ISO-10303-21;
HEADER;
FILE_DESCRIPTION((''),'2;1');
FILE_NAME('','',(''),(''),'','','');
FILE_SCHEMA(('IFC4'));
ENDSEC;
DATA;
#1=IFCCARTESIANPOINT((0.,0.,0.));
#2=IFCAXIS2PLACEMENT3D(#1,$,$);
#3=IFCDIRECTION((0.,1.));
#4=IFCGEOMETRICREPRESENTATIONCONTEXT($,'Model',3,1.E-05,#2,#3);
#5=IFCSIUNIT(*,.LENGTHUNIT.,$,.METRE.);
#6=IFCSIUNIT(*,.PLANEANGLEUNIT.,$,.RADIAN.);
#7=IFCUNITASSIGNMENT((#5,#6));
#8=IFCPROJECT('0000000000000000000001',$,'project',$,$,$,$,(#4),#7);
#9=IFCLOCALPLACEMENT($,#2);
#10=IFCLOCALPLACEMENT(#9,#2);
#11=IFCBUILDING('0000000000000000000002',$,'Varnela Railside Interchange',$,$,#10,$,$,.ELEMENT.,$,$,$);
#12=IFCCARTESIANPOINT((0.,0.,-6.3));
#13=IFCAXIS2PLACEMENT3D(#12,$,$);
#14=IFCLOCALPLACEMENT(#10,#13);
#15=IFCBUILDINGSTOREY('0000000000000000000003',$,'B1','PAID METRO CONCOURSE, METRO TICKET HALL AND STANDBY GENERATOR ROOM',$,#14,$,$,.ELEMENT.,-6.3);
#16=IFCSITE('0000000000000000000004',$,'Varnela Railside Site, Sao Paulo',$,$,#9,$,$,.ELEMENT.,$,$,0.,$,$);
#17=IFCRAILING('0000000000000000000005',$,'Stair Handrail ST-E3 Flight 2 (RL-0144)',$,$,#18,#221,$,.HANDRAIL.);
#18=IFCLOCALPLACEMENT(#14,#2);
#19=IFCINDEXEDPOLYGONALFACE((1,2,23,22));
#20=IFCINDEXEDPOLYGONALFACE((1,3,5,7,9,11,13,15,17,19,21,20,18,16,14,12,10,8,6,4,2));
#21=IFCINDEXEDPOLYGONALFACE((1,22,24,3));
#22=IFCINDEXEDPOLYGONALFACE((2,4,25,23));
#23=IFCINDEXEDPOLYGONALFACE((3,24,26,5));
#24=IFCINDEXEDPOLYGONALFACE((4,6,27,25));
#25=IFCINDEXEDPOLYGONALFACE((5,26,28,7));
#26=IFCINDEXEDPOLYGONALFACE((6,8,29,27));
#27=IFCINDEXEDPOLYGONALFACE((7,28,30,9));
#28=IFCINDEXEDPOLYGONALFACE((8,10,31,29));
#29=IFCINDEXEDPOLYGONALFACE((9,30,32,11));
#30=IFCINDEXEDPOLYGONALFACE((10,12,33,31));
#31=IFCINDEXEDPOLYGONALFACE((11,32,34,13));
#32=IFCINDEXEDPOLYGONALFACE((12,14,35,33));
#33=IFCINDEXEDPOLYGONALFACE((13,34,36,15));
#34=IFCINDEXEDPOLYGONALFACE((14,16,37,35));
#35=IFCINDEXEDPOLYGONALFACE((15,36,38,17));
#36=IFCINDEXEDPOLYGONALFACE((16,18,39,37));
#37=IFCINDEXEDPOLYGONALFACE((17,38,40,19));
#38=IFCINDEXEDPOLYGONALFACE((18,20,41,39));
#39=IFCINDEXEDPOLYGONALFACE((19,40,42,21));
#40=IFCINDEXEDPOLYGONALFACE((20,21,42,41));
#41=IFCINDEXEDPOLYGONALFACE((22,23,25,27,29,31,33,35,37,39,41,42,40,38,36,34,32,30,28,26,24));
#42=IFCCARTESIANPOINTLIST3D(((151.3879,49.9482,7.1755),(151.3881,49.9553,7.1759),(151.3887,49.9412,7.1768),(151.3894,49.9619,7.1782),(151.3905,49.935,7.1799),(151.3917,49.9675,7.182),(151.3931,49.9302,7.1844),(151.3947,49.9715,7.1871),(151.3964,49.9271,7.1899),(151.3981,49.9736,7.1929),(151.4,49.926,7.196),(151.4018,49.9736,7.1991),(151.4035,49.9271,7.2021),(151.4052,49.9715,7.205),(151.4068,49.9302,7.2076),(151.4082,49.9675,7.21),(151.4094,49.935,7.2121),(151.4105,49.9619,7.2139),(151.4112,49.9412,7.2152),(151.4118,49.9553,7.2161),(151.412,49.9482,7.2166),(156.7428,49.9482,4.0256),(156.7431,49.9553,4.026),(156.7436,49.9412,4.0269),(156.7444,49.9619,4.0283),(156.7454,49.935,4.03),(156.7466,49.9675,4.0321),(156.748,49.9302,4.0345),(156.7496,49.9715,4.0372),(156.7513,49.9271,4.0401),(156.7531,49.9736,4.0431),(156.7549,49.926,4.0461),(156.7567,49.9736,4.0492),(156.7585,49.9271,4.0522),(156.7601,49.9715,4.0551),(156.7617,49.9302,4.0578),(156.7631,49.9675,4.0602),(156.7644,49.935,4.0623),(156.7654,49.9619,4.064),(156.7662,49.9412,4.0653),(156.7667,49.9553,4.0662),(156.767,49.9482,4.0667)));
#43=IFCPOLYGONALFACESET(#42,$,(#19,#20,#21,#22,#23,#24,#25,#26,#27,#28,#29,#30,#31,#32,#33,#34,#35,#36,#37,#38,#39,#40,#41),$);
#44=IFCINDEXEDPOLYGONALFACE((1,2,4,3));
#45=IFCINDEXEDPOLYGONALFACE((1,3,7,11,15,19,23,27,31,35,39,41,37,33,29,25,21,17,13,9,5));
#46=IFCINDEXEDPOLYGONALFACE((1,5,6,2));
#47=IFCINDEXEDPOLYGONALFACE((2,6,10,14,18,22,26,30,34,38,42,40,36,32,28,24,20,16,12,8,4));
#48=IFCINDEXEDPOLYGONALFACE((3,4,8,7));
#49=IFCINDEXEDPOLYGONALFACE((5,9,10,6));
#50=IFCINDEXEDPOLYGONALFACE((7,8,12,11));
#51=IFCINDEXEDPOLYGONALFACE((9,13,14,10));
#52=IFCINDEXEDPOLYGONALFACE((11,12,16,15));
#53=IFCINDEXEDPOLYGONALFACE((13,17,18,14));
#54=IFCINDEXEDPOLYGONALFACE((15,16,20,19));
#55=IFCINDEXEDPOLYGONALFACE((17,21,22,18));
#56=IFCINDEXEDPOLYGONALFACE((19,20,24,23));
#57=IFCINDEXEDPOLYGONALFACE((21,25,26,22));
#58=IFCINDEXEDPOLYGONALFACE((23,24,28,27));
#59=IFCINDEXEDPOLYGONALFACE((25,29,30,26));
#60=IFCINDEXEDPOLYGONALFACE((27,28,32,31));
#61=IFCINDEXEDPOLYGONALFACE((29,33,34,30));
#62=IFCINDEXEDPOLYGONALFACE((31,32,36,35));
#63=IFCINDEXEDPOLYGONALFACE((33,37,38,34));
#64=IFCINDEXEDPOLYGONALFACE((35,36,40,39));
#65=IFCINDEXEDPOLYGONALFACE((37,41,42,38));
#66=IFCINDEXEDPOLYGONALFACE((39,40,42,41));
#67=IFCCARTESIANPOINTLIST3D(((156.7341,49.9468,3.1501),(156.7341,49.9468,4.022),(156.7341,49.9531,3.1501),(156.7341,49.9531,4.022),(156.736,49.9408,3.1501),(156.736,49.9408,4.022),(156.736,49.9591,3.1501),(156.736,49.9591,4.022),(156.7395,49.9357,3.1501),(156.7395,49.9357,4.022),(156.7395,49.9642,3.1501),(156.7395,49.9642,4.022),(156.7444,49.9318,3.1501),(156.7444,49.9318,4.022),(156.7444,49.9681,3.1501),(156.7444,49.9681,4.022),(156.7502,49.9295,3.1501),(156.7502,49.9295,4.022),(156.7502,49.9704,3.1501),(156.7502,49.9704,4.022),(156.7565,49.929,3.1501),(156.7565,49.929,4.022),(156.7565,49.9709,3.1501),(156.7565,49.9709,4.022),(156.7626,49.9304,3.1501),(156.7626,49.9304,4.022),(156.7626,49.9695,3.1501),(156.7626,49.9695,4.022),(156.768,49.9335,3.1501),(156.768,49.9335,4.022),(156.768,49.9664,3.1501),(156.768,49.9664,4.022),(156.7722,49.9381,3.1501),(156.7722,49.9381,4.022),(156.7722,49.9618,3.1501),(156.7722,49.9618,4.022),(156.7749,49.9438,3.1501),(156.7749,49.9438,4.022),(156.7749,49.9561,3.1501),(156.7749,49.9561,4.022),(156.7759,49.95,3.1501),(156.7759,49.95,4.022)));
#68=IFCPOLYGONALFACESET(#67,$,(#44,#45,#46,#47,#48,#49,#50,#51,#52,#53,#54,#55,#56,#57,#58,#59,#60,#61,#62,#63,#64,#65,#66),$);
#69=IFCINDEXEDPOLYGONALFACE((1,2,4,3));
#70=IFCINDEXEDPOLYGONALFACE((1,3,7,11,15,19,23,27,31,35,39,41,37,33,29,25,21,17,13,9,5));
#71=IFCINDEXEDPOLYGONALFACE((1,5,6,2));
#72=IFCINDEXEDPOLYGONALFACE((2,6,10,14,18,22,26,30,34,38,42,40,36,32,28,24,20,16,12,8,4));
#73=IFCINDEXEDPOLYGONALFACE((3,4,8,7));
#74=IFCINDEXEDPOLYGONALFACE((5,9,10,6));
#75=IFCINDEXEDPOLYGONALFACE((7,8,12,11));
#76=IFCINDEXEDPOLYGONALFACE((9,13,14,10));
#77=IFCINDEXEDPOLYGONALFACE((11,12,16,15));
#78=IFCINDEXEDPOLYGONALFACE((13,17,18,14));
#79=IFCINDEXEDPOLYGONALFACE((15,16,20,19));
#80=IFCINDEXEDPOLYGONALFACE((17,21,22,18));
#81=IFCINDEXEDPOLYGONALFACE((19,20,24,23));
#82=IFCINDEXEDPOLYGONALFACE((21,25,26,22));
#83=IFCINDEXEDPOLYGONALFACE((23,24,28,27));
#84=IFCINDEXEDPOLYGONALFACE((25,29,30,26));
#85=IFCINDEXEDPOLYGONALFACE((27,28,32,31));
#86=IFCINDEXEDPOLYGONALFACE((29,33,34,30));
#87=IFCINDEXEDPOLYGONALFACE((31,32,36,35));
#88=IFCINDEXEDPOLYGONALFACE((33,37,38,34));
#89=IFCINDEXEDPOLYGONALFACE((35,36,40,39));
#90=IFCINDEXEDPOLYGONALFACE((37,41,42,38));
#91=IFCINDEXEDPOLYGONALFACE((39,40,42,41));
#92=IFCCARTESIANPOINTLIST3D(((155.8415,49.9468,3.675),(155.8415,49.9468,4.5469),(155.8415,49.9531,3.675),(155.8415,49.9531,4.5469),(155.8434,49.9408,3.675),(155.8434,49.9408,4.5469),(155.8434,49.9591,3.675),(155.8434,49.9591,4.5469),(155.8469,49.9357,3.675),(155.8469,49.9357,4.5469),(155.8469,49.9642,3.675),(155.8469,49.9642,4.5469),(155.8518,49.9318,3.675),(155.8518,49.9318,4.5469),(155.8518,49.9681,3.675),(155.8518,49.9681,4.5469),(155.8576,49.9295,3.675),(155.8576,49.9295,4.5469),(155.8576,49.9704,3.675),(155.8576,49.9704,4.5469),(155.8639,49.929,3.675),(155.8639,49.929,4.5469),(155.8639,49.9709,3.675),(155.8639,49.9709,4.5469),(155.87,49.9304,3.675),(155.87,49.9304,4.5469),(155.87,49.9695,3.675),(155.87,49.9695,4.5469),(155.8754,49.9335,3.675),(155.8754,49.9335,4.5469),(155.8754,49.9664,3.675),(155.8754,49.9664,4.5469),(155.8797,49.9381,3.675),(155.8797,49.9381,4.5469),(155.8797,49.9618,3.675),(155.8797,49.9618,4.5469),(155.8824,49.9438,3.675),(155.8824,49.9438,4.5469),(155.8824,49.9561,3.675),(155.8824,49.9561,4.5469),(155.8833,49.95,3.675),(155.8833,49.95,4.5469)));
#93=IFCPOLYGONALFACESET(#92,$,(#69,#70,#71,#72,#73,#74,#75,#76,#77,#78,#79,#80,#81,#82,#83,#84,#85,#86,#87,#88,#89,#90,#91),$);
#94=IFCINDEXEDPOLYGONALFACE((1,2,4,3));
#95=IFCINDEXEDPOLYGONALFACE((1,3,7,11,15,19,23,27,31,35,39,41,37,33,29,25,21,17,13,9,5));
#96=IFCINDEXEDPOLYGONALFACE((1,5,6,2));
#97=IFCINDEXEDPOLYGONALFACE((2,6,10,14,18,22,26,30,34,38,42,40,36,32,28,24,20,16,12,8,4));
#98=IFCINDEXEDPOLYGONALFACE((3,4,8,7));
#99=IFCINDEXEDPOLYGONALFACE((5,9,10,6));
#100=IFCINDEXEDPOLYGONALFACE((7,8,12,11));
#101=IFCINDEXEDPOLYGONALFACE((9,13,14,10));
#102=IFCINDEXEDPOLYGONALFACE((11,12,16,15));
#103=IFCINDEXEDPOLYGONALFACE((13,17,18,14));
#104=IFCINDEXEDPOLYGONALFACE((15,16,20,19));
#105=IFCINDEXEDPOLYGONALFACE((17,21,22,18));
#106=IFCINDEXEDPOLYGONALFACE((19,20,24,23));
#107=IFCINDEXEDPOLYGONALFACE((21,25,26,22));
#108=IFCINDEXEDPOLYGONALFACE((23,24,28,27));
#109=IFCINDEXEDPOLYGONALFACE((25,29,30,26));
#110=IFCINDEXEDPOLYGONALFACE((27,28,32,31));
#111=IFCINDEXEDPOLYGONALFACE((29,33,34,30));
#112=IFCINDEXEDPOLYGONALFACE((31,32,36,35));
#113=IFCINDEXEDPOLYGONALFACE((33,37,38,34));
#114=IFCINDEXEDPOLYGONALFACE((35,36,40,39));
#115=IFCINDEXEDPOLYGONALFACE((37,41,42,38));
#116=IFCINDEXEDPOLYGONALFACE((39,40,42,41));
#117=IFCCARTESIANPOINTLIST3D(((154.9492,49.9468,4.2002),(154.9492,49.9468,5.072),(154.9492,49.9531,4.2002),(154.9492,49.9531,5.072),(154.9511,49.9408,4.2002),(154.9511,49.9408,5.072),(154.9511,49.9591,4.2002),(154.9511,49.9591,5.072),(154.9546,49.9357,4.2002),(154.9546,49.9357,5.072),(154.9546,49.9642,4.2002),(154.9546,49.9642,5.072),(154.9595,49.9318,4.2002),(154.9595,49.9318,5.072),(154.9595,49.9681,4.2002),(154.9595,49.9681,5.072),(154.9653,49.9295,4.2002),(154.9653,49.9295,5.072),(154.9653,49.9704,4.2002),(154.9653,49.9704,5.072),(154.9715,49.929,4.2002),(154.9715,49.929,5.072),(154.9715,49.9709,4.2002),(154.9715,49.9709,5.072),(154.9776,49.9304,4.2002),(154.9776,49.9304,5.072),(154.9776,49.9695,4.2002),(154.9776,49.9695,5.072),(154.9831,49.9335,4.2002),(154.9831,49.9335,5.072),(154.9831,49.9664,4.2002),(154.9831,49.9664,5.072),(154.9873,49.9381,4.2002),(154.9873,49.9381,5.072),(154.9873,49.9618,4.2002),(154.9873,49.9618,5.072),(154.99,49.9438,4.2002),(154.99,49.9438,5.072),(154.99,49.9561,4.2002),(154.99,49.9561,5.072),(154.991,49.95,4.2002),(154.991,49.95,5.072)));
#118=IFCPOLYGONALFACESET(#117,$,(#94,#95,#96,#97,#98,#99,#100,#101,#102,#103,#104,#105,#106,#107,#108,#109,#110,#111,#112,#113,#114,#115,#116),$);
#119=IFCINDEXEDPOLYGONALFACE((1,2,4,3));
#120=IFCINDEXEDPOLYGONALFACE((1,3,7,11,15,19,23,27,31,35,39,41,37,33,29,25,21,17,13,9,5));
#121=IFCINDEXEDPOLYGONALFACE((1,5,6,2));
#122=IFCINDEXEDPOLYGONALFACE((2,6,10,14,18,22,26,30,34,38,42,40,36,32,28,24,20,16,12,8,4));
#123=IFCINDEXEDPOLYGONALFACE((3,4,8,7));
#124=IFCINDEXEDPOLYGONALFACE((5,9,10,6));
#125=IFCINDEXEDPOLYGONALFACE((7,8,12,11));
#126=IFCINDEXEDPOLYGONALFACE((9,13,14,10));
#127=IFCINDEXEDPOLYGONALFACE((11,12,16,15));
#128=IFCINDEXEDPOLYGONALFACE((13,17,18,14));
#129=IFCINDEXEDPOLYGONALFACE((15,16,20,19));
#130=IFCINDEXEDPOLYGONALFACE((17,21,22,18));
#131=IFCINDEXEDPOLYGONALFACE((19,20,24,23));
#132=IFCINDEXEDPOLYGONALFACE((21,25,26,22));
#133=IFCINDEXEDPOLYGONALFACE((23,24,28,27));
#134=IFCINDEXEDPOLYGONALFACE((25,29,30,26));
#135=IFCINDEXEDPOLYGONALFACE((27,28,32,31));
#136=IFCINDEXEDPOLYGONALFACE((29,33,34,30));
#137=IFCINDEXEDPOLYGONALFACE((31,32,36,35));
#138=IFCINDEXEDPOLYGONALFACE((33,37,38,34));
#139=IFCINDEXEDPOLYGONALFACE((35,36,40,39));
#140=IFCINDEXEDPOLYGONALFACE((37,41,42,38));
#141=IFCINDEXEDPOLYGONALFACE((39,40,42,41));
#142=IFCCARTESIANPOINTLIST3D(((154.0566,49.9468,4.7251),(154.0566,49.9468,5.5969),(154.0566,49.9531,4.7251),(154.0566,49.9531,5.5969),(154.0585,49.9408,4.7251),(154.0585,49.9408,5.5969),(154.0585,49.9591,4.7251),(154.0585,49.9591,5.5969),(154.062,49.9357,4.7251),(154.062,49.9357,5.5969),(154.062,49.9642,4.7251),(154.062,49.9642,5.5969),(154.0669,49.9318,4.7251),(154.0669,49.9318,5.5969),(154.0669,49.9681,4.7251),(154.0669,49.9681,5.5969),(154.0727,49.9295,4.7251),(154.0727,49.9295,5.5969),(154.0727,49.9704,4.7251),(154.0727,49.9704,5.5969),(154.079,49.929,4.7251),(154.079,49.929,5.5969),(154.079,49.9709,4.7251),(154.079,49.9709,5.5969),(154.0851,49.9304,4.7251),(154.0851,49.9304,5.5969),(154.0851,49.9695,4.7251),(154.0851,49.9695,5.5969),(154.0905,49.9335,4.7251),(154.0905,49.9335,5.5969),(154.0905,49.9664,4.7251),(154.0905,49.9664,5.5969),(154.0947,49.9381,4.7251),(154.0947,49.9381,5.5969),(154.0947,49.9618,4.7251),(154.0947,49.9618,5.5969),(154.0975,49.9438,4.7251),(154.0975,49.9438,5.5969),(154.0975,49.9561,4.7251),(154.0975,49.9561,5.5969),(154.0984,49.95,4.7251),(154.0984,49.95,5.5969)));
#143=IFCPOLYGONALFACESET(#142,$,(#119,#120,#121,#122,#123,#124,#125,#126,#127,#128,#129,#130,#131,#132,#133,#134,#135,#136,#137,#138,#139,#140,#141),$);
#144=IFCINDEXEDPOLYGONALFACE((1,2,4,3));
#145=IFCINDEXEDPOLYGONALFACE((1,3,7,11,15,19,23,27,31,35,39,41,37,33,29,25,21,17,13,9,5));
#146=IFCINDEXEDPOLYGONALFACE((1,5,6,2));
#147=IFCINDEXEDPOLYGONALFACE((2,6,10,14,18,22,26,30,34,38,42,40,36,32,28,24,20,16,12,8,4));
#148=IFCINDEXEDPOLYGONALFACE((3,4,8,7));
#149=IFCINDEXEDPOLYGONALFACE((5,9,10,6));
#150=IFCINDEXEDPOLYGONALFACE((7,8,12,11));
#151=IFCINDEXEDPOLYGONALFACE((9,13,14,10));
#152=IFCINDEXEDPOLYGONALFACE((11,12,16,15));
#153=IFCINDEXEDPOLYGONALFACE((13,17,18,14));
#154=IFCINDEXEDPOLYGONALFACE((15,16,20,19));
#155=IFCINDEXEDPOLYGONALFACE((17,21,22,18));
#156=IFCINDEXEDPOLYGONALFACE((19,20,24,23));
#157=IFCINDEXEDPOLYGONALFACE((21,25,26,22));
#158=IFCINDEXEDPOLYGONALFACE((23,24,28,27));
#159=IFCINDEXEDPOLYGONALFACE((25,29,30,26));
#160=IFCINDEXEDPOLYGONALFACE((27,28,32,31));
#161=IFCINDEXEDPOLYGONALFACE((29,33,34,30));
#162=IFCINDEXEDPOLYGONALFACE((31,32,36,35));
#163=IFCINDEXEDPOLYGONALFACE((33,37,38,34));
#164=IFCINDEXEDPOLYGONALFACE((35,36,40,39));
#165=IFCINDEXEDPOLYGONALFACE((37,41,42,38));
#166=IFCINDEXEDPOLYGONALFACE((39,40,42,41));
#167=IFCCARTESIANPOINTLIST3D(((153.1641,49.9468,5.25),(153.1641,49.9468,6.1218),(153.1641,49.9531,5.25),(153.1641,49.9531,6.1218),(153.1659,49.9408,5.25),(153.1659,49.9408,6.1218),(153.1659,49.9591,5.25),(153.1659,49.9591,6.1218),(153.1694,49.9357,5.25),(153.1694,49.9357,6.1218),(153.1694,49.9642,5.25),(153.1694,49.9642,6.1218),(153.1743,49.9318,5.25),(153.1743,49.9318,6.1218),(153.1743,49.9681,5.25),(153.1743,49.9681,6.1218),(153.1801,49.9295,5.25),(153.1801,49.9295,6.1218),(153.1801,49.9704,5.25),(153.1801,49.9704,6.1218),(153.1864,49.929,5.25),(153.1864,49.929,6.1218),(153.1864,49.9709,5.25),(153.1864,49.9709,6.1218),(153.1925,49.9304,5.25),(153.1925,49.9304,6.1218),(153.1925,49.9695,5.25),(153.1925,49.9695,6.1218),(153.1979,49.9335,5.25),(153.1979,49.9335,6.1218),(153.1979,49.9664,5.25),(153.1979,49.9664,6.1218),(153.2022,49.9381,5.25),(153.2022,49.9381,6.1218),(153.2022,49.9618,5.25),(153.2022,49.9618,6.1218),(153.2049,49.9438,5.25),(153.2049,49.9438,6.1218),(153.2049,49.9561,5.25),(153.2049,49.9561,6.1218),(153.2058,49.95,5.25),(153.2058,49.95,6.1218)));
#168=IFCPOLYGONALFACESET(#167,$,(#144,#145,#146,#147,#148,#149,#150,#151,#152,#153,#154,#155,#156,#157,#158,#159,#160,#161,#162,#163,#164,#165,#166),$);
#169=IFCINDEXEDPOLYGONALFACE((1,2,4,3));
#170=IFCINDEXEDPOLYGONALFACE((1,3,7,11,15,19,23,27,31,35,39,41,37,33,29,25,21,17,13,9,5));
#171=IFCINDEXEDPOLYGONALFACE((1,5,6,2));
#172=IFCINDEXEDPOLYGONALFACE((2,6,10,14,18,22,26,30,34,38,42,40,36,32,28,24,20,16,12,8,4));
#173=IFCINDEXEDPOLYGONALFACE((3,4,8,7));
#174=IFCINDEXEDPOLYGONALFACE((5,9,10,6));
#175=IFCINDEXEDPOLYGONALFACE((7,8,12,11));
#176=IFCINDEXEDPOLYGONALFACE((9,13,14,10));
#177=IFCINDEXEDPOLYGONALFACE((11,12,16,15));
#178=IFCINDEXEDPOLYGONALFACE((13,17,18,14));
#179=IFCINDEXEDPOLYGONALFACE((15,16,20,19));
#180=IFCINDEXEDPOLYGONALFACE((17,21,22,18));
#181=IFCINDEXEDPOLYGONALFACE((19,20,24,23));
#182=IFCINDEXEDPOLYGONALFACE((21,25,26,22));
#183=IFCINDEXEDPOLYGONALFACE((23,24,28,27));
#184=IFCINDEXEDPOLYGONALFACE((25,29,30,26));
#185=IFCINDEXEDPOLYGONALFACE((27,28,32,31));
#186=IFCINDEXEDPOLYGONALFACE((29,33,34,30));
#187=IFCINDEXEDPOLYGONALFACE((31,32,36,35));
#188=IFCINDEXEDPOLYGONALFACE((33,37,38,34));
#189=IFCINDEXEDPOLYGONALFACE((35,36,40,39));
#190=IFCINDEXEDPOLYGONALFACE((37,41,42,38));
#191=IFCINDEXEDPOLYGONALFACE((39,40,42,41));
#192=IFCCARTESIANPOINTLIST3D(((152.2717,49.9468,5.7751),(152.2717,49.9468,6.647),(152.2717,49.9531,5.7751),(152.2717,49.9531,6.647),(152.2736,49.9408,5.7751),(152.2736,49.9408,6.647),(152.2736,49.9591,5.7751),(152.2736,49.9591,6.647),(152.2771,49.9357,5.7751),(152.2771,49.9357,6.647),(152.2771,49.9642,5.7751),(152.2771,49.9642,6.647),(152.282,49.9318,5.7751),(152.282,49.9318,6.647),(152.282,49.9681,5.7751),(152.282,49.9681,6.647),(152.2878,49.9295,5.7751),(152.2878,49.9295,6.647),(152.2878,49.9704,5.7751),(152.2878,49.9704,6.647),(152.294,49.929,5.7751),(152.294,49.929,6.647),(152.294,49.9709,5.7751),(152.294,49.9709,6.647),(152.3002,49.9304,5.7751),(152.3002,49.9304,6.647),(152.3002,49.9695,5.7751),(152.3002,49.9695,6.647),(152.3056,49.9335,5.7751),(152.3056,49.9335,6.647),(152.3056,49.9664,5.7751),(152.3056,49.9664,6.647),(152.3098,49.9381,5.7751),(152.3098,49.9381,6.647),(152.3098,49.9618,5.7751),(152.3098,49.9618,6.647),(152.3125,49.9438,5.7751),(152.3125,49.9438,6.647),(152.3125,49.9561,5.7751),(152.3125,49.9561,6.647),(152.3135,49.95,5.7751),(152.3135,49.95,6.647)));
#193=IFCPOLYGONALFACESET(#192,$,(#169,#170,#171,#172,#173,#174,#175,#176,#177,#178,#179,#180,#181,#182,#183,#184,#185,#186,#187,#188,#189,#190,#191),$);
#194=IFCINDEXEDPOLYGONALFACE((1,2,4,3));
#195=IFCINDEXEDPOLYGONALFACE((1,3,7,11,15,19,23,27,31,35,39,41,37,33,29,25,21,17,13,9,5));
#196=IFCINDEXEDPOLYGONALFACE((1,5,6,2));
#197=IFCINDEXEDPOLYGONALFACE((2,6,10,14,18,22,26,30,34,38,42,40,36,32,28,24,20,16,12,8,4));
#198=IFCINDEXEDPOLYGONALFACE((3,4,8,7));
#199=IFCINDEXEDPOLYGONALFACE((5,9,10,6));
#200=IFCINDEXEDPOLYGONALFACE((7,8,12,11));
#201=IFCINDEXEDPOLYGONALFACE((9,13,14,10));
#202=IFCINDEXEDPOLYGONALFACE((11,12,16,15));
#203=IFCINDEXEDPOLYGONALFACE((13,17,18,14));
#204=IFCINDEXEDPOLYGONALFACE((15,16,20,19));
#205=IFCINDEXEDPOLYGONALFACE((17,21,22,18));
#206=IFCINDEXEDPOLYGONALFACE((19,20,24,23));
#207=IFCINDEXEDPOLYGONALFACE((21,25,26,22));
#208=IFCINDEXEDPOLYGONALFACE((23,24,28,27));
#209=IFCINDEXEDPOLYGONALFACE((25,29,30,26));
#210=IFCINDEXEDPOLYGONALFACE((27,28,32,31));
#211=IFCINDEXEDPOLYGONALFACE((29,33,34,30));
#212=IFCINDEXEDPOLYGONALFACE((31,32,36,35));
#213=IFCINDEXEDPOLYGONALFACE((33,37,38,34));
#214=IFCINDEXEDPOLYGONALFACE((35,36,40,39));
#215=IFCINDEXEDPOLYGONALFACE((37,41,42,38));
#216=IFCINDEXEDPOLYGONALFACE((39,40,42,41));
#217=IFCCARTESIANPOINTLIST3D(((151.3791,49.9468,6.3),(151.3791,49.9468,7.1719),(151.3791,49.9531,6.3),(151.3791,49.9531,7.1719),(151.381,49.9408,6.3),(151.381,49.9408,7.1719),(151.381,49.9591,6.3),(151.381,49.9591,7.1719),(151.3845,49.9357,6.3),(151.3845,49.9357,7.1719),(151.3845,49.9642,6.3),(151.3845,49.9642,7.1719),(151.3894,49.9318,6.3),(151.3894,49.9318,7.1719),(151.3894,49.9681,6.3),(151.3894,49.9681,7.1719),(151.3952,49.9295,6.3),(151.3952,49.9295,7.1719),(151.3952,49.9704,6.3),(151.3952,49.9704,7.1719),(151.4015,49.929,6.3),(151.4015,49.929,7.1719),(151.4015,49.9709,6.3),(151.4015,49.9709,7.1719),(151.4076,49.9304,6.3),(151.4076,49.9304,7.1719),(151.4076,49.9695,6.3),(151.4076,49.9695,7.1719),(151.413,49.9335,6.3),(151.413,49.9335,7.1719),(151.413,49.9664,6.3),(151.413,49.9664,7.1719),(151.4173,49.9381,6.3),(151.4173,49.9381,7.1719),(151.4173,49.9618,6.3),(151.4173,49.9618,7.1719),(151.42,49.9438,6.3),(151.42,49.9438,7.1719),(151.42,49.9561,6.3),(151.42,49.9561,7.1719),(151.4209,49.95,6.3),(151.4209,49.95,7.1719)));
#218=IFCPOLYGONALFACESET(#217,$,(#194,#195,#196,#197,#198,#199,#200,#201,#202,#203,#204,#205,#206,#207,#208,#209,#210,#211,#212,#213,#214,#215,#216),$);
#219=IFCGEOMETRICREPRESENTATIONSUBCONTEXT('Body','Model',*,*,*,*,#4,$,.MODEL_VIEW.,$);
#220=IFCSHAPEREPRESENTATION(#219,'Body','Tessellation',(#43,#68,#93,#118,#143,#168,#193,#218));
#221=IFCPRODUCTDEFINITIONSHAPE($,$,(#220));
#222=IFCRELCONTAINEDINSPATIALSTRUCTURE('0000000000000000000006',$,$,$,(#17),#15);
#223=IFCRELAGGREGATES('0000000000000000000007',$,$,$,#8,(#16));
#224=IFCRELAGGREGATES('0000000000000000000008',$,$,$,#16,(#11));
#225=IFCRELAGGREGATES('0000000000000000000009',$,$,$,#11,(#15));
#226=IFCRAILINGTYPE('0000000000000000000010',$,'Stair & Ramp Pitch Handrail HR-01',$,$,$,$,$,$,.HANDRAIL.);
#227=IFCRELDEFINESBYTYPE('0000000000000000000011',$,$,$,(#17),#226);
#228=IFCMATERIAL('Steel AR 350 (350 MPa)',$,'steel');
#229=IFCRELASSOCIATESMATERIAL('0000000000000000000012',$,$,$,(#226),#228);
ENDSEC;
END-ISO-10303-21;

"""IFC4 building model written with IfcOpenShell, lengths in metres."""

from ifc_helpers import new_model, si_unit, direction, frame, origin, origin_2d, place, context, subcontext, project, spatial, circle, extrude, material, type_object, element, save


model = new_model("IFC4")

# Units and contexts
model_context = context("Model", 3, precision=1e-05, world=origin(), true_north=direction((0.0, 1.0)))
body_context = subcontext(model_context, "Body", "Model", "MODEL_VIEW")
ifc_project = project(units=[si_unit("LENGTHUNIT", "METRE"), si_unit("PLANEANGLEUNIT", "RADIAN")], contexts=[model_context])

# Site, building, storey
site_placement = place(None, origin())
site = spatial("IfcSite", under=ifc_project, at=site_placement, Name="Varnela Railside Site, Sao Paulo", CompositionType="ELEMENT", RefElevation=0.0)
building_placement = place(site_placement, origin())
building = spatial("IfcBuilding", under=site, at=building_placement, Name="Varnela Railside Interchange", CompositionType="ELEMENT")
storey_placement = place(building_placement, frame((0.0, 0.0, -6.3)))
storey = spatial("IfcBuildingStorey", under=building, at=storey_placement, Name="B1", Description="PAID METRO CONCOURSE, METRO TICKET HALL AND STANDBY GENERATOR ROOM", CompositionType="ELEMENT", Elevation=-6.3)

# Railing
ifc_material_1 = material(Name="Steel AR 350 (350 MPa)", Category="steel")
railing_type_1 = type_object("IfcRailingType", Name="Stair & Ramp Pitch Handrail HR-01", PredefinedType="HANDRAIL", material=ifc_material_1)
railing_1_placement = place(storey_placement, frame((156.7549, 49.95, 3.1501)))
element("IfcRailing", 1, at=railing_1_placement, inside=storey, type_object=railing_type_1, Name="Stair Handrail ST-E3 Flight 2 (RL-0144)", PredefinedType="HANDRAIL", context=body_context, shape_type="SweptSolid", body=[
    extrude(circle(Radius=0.0239, at=origin_2d()), frame((0.0, 0.0, 0.896), z_axis=(-0.86194, 0.0, 0.50701), x_axis=(0.0, -1.0, 0.0)), (0.0, 0.0, 1.0), 6.2126),
    extrude(circle(Radius=0.021, at=origin_2d()), origin(), (0.0, 0.0, 1.0), 0.8718),
    extrude(circle(Radius=0.021, at=origin_2d()), frame((-0.8926, 0.0, 0.5249)), (0.0, 0.0, 1.0), 0.8718),
    extrude(circle(Radius=0.021, at=origin_2d()), frame((-1.7849, 0.0, 1.05)), (0.0, 0.0, 1.0), 0.8718),
    extrude(circle(Radius=0.021, at=origin_2d()), frame((-2.6775, 0.0, 1.575)), (0.0, 0.0, 1.0), 0.8718),
    extrude(circle(Radius=0.021, at=origin_2d()), frame((-3.5701, 0.0, 2.0999)), (0.0, 0.0, 1.0), 0.8718),
    extrude(circle(Radius=0.021, at=origin_2d()), frame((-4.4624, 0.0, 2.625)), (0.0, 0.0, 1.0), 0.8718),
    extrude(circle(Radius=0.021, at=origin_2d()), frame((-5.355, 0.0, 3.1499)), (0.0, 0.0, 1.0), 0.8718),
])

save(model, "model.ifc")
